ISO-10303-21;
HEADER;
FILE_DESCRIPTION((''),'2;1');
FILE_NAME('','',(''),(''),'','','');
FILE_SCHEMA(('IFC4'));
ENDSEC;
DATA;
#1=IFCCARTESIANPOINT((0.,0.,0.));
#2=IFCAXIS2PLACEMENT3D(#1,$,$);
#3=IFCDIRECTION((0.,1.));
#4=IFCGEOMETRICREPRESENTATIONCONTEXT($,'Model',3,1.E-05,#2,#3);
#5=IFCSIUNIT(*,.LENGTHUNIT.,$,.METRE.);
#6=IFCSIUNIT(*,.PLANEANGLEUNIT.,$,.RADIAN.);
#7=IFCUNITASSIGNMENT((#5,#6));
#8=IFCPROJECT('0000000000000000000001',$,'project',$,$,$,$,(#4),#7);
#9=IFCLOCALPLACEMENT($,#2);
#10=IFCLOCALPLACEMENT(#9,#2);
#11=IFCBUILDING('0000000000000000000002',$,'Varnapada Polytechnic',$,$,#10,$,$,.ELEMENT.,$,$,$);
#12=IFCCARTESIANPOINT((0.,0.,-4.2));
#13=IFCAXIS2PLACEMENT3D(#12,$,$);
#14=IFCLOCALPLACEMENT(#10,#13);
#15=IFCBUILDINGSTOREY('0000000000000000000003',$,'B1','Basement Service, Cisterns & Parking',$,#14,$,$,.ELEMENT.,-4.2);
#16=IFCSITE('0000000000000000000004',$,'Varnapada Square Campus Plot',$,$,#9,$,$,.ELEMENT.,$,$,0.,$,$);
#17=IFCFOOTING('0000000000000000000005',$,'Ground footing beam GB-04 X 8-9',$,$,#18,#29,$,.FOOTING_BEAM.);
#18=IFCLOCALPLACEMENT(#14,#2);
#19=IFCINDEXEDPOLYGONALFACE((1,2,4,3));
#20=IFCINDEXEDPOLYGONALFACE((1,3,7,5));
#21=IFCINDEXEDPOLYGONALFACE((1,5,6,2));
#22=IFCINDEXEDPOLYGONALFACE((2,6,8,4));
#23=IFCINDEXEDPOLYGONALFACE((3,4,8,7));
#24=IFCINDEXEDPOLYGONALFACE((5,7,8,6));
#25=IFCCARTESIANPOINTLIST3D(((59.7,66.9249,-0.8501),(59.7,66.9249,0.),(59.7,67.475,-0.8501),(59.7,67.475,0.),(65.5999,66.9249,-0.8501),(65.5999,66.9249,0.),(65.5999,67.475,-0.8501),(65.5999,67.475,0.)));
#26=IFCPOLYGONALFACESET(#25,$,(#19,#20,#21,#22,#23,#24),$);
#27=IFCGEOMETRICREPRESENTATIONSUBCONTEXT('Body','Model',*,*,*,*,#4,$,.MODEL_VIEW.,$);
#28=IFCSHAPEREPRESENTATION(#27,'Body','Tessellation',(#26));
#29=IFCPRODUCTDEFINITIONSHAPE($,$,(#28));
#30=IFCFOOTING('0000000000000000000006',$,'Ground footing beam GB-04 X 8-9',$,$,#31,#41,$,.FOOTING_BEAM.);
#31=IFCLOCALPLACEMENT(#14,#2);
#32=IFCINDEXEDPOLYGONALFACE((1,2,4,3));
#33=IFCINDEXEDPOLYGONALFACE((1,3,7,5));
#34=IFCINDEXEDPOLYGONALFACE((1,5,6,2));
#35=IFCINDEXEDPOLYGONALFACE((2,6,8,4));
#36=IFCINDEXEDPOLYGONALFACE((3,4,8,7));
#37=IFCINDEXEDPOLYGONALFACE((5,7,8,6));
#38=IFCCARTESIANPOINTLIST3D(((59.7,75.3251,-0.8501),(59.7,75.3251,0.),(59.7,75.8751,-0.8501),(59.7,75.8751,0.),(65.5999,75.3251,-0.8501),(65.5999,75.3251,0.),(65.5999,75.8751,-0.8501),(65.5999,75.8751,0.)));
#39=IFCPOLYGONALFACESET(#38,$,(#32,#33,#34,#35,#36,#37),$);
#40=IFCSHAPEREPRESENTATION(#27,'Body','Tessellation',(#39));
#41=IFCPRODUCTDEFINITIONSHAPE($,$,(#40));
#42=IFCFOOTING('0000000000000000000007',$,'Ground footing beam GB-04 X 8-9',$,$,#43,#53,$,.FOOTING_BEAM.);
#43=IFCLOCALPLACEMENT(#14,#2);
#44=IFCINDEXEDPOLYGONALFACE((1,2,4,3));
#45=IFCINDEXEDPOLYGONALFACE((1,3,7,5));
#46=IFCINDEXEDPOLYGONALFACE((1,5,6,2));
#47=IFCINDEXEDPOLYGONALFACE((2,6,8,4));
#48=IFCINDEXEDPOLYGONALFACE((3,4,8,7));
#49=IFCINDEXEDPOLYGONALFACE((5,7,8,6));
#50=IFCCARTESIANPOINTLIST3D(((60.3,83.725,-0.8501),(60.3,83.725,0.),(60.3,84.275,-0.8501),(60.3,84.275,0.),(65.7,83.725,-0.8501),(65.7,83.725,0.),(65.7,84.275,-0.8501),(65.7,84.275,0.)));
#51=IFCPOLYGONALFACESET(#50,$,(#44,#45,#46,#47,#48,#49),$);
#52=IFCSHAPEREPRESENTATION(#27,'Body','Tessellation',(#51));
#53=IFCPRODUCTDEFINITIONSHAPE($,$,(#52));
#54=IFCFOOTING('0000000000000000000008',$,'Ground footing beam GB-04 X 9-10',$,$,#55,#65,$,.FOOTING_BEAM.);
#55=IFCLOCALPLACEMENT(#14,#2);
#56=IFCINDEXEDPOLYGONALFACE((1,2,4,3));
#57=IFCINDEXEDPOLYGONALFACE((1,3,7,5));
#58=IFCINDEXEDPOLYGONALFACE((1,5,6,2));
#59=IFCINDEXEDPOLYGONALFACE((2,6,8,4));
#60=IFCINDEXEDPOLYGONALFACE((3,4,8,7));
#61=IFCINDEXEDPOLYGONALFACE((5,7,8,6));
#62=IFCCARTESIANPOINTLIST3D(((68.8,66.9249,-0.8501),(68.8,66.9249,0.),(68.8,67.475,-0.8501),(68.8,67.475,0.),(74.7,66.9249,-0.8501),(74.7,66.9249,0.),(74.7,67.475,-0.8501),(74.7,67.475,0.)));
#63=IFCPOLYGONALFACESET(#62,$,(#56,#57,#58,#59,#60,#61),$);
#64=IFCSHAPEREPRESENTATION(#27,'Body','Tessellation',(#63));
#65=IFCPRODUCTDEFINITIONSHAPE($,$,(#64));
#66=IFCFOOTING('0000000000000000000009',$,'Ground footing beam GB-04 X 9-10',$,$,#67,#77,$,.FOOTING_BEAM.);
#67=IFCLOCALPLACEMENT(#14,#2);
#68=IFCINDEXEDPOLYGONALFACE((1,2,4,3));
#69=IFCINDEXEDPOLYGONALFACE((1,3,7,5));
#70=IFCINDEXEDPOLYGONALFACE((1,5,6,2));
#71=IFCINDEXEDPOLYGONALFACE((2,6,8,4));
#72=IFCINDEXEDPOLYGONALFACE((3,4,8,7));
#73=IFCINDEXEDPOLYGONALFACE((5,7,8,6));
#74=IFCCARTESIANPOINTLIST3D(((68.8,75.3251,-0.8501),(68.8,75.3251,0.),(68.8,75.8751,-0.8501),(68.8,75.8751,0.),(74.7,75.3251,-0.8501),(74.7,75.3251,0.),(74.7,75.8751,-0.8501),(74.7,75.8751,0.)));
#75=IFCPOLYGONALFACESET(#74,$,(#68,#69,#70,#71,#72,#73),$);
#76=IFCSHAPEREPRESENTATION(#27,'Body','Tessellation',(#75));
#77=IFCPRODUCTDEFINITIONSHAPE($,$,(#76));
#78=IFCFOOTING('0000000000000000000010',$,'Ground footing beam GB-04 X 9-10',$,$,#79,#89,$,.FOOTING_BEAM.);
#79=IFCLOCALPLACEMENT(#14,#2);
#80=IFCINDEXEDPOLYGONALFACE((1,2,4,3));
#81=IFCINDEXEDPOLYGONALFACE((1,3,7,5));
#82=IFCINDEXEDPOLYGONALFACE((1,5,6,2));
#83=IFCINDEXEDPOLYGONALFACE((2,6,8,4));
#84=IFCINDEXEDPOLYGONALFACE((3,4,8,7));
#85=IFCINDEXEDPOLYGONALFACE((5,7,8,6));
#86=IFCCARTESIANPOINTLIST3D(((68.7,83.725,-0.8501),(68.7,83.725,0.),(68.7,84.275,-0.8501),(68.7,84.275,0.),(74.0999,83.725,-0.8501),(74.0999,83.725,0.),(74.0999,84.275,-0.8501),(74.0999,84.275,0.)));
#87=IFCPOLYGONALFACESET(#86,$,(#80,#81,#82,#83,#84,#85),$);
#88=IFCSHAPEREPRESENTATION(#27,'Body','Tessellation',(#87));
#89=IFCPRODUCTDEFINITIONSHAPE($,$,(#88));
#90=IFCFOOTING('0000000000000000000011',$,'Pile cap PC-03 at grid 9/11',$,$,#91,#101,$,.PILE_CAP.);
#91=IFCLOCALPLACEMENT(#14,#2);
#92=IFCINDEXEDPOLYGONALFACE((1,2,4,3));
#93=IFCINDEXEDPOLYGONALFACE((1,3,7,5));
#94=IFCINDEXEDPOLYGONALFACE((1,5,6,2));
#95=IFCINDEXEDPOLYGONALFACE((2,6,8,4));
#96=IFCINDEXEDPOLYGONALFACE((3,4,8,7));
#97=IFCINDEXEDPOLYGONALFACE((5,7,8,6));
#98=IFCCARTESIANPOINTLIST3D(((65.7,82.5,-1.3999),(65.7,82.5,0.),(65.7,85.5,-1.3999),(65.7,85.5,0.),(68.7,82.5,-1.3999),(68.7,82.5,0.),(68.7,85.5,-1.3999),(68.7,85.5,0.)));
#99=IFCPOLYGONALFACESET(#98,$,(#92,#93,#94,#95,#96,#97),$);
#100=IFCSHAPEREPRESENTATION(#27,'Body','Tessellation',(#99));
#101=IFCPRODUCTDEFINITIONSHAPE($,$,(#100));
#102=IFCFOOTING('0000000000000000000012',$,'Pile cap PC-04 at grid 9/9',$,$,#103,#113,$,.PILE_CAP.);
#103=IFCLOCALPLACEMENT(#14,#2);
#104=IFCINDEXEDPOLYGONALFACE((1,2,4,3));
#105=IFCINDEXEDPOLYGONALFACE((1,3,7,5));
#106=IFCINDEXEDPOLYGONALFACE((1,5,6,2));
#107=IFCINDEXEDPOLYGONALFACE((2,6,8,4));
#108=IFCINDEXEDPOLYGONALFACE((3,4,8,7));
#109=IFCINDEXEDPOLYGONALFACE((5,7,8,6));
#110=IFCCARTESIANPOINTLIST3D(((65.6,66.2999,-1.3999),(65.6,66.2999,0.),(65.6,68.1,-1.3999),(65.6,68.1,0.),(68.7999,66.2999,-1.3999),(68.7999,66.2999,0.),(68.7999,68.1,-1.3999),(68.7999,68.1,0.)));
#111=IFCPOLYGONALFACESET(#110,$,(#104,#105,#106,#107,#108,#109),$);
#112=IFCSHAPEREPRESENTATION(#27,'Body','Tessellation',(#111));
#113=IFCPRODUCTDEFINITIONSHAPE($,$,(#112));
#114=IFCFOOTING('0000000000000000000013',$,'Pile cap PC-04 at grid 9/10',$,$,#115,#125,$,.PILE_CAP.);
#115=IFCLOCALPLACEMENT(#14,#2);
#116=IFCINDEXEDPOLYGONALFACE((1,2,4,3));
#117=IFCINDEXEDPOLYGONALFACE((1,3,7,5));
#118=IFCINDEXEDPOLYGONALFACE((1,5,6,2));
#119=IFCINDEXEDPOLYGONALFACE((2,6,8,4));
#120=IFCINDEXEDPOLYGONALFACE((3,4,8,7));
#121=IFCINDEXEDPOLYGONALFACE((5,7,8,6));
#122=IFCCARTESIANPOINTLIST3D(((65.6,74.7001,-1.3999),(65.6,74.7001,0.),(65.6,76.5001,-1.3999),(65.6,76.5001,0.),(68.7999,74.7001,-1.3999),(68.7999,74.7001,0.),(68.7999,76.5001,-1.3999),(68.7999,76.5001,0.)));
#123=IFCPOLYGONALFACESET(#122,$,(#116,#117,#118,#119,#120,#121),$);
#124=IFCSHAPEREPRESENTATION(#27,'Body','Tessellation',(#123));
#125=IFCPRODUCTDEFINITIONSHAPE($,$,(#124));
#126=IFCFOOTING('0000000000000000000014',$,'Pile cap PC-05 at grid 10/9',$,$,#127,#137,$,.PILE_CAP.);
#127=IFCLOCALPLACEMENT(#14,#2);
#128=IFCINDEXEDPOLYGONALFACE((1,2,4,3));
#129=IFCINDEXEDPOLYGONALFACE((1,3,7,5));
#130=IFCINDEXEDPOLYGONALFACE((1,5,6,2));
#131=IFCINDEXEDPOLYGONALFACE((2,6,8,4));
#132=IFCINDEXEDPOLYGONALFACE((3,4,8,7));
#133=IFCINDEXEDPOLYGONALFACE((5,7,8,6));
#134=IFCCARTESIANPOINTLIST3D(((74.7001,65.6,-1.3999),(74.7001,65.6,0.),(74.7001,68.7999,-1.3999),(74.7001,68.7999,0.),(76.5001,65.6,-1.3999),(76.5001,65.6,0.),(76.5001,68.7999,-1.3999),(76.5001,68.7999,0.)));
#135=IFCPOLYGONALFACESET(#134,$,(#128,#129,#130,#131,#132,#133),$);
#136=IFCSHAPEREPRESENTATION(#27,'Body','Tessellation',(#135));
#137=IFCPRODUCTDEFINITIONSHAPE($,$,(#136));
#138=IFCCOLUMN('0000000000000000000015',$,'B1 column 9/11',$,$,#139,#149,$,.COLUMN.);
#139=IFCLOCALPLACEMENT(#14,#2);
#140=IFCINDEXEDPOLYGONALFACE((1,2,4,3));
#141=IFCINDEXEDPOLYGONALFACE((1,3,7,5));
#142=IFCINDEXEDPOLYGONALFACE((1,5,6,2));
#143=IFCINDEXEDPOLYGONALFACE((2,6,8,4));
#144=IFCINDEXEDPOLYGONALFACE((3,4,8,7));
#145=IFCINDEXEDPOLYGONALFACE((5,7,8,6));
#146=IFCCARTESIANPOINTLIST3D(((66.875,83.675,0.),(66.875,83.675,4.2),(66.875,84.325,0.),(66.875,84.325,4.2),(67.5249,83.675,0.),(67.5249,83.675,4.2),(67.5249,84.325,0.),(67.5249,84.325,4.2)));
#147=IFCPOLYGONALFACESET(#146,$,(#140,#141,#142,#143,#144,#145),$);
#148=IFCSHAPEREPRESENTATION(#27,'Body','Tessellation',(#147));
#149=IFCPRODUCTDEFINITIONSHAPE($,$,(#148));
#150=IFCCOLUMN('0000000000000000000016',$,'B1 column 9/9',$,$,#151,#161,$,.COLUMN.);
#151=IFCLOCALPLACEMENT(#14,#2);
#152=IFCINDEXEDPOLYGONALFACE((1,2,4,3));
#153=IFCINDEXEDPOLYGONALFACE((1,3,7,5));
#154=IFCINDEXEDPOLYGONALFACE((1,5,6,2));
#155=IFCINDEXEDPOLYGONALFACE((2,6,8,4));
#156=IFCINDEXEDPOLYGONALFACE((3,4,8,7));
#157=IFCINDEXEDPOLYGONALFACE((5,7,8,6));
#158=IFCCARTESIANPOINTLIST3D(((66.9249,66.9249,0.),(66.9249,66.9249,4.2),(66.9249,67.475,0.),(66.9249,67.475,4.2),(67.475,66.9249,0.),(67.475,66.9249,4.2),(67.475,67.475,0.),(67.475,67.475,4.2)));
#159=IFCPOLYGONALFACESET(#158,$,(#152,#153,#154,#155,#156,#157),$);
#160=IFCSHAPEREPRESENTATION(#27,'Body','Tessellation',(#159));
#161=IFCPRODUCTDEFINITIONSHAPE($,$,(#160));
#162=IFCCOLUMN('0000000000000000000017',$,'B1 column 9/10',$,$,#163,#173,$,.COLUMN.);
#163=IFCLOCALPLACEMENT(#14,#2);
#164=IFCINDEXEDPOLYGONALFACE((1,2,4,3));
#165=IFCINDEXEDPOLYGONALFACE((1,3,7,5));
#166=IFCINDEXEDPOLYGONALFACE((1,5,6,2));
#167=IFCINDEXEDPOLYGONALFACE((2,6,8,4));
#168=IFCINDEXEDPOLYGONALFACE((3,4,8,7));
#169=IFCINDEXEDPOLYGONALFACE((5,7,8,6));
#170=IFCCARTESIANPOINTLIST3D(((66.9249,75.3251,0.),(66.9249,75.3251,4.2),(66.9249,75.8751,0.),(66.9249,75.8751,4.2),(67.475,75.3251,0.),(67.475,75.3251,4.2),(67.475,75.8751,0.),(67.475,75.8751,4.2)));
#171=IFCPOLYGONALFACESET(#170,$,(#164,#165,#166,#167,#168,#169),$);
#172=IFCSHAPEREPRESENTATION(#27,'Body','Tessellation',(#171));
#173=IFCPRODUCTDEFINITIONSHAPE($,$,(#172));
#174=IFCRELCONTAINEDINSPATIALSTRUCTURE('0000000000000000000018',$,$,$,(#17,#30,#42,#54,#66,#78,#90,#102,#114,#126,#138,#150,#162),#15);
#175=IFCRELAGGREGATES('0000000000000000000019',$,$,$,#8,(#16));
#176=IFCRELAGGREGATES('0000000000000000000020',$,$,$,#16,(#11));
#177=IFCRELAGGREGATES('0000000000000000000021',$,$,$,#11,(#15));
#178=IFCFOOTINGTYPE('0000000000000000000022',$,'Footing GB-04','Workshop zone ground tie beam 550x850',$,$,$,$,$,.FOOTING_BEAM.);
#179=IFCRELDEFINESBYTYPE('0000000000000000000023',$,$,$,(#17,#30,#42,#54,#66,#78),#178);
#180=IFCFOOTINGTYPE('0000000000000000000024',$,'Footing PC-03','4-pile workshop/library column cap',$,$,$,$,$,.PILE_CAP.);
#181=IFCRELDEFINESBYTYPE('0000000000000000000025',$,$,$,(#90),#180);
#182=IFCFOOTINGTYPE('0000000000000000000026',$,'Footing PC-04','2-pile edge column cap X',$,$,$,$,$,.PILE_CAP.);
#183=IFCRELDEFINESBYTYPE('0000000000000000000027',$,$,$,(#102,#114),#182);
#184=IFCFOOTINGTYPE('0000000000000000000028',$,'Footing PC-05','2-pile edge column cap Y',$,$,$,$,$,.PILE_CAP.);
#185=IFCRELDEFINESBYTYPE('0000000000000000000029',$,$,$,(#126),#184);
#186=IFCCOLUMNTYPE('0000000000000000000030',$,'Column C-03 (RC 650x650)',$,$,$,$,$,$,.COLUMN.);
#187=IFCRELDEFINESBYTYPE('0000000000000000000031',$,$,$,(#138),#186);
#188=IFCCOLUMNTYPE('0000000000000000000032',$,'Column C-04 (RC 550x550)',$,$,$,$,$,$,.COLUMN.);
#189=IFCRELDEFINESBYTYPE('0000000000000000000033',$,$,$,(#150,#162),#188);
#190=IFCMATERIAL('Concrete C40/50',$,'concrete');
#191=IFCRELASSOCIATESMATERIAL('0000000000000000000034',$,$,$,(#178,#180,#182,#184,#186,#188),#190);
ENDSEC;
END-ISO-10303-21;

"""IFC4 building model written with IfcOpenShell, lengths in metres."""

from ifc_helpers import new_model, si_unit, direction, frame, origin, origin_2d, place, context, subcontext, project, spatial, rectangle, extrude, material, material_profile, profile_set, type_object, element, save


model = new_model("IFC4")

# Units and contexts
model_context = context("Model", 3, precision=1e-05, world=origin(), true_north=direction((0.0, 1.0)))
body_context = subcontext(model_context, "Body", "Model", "MODEL_VIEW")
ifc_project = project(units=[si_unit("LENGTHUNIT", "METRE"), si_unit("PLANEANGLEUNIT", "RADIAN")], contexts=[model_context])

# Site, building, storey
site_placement = place(None, origin())
site = spatial("IfcSite", under=ifc_project, at=site_placement, Name="Varnapada Square Campus Plot", CompositionType="ELEMENT", RefElevation=0.0)
building_placement = place(site_placement, origin())
building = spatial("IfcBuilding", under=site, at=building_placement, Name="Varnapada Polytechnic", CompositionType="ELEMENT")
storey_placement = place(building_placement, frame((0.0, 0.0, -4.2)))
storey = spatial("IfcBuildingStorey", under=building, at=storey_placement, Name="B1", Description="Basement Service, Cisterns & Parking", CompositionType="ELEMENT", Elevation=-4.2)

# Shared definitions
ifc_material = material(Name="Concrete C40/50", Category="concrete")

# Footings
footing_type_1 = type_object("IfcFootingType", Name="Footing GB-04", Description="Workshop zone ground tie beam 550x850", PredefinedType="FOOTING_BEAM", material=ifc_material)
for number, where, z_axis, x_axis, name in (
    (1, (62.6499, 67.2, -0.8501), (0.0, 0.0, 1.0), (1.0, 0.0, 0.0), "Ground footing beam GB-04 X 8-9"),
    (2, (62.6499, 75.6001, -0.8501), (0.0, 0.0, 1.0), (1.0, 0.0, 0.0), "Ground footing beam GB-04 X 8-9"),
):
    element("IfcFooting", number, at=place(storey_placement, frame(where, z_axis=z_axis, x_axis=x_axis)), inside=storey, type_object=footing_type_1, Name=name, PredefinedType="FOOTING_BEAM", context=body_context, shape_type="SweptSolid", body=[
        extrude(rectangle(XDim=5.8999, YDim=0.55, at=origin_2d()), origin(), (0.0, 0.0, 1.0), 0.8501),
    ])
footing_1_placement = place(storey_placement, frame((63.0, 84.0, -0.8501), z_axis=(0.0, 0.0, 1.0), x_axis=(1.0, 0.0, 0.0)))
element("IfcFooting", 3, at=footing_1_placement, inside=storey, type_object=footing_type_1, Name="Ground footing beam GB-04 X 8-9", PredefinedType="FOOTING_BEAM", context=body_context, shape_type="SweptSolid", body=[
    extrude(rectangle(XDim=5.3999, YDim=0.55, at=origin_2d()), origin(), (0.0, 0.0, 1.0), 0.8501),
])
for number, where, z_axis, x_axis, name in (
    (4, (71.75, 67.2, -0.8501), (0.0, 0.0, 1.0), (1.0, 0.0, 0.0), "Ground footing beam GB-04 X 9-10"),
    (5, (71.75, 75.6001, -0.8501), (0.0, 0.0, 1.0), (1.0, 0.0, 0.0), "Ground footing beam GB-04 X 9-10"),
):
    element("IfcFooting", number, at=place(storey_placement, frame(where, z_axis=z_axis, x_axis=x_axis)), inside=storey, type_object=footing_type_1, Name=name, PredefinedType="FOOTING_BEAM", context=body_context, shape_type="SweptSolid", body=[
        extrude(rectangle(XDim=5.8999, YDim=0.55, at=origin_2d()), origin(), (0.0, 0.0, 1.0), 0.8501),
    ])
footing_2_placement = place(storey_placement, frame((71.3999, 84.0, -0.8501), z_axis=(0.0, 0.0, 1.0), x_axis=(1.0, 0.0, 0.0)))
element("IfcFooting", 6, at=footing_2_placement, inside=storey, type_object=footing_type_1, Name="Ground footing beam GB-04 X 9-10", PredefinedType="FOOTING_BEAM", context=body_context, shape_type="SweptSolid", body=[
    extrude(rectangle(XDim=5.3999, YDim=0.55, at=origin_2d()), origin(), (0.0, 0.0, 1.0), 0.8501),
])
footing_type_2 = type_object("IfcFootingType", Name="Footing PC-03", Description="4-pile workshop/library column cap", PredefinedType="PILE_CAP", material=ifc_material)
footing_3_placement = place(storey_placement, frame((67.2, 84.0, -1.3999), z_axis=(0.0, 0.0, 1.0), x_axis=(1.0, 0.0, 0.0)))
element("IfcFooting", 7, at=footing_3_placement, inside=storey, type_object=footing_type_2, Name="Pile cap PC-03 at grid 9/11", PredefinedType="PILE_CAP", context=body_context, shape_type="SweptSolid", body=[
    extrude(rectangle(XDim=3.0, YDim=3.0, at=origin_2d()), origin(), (0.0, 0.0, 1.0), 1.3999),
])
footing_type_3 = type_object("IfcFootingType", Name="Footing PC-04", Description="2-pile edge column cap X", PredefinedType="PILE_CAP", material=ifc_material)
for number, where, z_axis, x_axis, name in (
    (8, (67.2, 67.2, -1.3999), (0.0, 0.0, 1.0), (1.0, 0.0, 0.0), "Pile cap PC-04 at grid 9/9"),
    (9, (67.2, 75.6001, -1.3999), (0.0, 0.0, 1.0), (1.0, 0.0, 0.0), "Pile cap PC-04 at grid 9/10"),
):
    element("IfcFooting", number, at=place(storey_placement, frame(where, z_axis=z_axis, x_axis=x_axis)), inside=storey, type_object=footing_type_3, Name=name, PredefinedType="PILE_CAP", context=body_context, shape_type="SweptSolid", body=[
        extrude(rectangle(XDim=3.2, YDim=1.8, at=origin_2d()), origin(), (0.0, 0.0, 1.0), 1.3999),
    ])
footing_type_4 = type_object("IfcFootingType", Name="Footing PC-05", Description="2-pile edge column cap Y", PredefinedType="PILE_CAP", material=ifc_material)
footing_4_placement = place(storey_placement, frame((75.6001, 67.2, -1.3999), z_axis=(0.0, 0.0, 1.0), x_axis=(1.0, 0.0, 0.0)))
element("IfcFooting", 10, at=footing_4_placement, inside=storey, type_object=footing_type_4, Name="Pile cap PC-05 at grid 10/9", PredefinedType="PILE_CAP", context=body_context, shape_type="SweptSolid", body=[
    extrude(rectangle(XDim=1.8, YDim=3.2, at=origin_2d()), origin(), (0.0, 0.0, 1.0), 1.3999),
])

# Columns
ifc_material_profile_1 = material_profile(ifc_material, rectangle(XDim=0.6499, YDim=0.6499, at=origin_2d()), Name="RC 650x650")
ifc_profile_set_1 = profile_set([ifc_material_profile_1], Name="Concrete C40/50")
column_type_1 = type_object("IfcColumnType", Name="Column C-03 (RC 650x650)", PredefinedType="COLUMN", material=ifc_profile_set_1)
column_placement = place(storey_placement, frame((67.2, 84.0, 0.0), z_axis=(0.0, 0.0, 1.0), x_axis=(1.0, 0.0, 0.0)))
element("IfcColumn", 11, at=column_placement, inside=storey, type_object=column_type_1, Name="B1 column 9/11", PredefinedType="COLUMN", context=body_context, shape_type="SweptSolid", body=[
    extrude(rectangle(XDim=0.6499, YDim=0.6499, at=origin_2d()), origin(), (0.0, 0.0, 1.0), 4.2),
])
ifc_material_profile_2 = material_profile(ifc_material, rectangle(XDim=0.55, YDim=0.55, at=origin_2d()), Name="RC 550x550")
ifc_profile_set_2 = profile_set([ifc_material_profile_2], Name="Concrete C40/50")
column_type_2 = type_object("IfcColumnType", Name="Column C-04 (RC 550x550)", PredefinedType="COLUMN", material=ifc_profile_set_2)
for number, where, z_axis, x_axis, name in (
    (12, (67.2, 67.2, 0.0), (0.0, 0.0, 1.0), (1.0, 0.0, 0.0), "B1 column 9/9"),
    (13, (67.2, 75.6001, 0.0), (0.0, 0.0, 1.0), (1.0, 0.0, 0.0), "B1 column 9/10"),
):
    element("IfcColumn", number, at=place(storey_placement, frame(where, z_axis=z_axis, x_axis=x_axis)), inside=storey, type_object=column_type_2, Name=name, PredefinedType="COLUMN", context=body_context, shape_type="SweptSolid", body=[
        extrude(rectangle(XDim=0.55, YDim=0.55, at=origin_2d()), origin(), (0.0, 0.0, 1.0), 4.2),
    ])

save(model, "model.ifc")
